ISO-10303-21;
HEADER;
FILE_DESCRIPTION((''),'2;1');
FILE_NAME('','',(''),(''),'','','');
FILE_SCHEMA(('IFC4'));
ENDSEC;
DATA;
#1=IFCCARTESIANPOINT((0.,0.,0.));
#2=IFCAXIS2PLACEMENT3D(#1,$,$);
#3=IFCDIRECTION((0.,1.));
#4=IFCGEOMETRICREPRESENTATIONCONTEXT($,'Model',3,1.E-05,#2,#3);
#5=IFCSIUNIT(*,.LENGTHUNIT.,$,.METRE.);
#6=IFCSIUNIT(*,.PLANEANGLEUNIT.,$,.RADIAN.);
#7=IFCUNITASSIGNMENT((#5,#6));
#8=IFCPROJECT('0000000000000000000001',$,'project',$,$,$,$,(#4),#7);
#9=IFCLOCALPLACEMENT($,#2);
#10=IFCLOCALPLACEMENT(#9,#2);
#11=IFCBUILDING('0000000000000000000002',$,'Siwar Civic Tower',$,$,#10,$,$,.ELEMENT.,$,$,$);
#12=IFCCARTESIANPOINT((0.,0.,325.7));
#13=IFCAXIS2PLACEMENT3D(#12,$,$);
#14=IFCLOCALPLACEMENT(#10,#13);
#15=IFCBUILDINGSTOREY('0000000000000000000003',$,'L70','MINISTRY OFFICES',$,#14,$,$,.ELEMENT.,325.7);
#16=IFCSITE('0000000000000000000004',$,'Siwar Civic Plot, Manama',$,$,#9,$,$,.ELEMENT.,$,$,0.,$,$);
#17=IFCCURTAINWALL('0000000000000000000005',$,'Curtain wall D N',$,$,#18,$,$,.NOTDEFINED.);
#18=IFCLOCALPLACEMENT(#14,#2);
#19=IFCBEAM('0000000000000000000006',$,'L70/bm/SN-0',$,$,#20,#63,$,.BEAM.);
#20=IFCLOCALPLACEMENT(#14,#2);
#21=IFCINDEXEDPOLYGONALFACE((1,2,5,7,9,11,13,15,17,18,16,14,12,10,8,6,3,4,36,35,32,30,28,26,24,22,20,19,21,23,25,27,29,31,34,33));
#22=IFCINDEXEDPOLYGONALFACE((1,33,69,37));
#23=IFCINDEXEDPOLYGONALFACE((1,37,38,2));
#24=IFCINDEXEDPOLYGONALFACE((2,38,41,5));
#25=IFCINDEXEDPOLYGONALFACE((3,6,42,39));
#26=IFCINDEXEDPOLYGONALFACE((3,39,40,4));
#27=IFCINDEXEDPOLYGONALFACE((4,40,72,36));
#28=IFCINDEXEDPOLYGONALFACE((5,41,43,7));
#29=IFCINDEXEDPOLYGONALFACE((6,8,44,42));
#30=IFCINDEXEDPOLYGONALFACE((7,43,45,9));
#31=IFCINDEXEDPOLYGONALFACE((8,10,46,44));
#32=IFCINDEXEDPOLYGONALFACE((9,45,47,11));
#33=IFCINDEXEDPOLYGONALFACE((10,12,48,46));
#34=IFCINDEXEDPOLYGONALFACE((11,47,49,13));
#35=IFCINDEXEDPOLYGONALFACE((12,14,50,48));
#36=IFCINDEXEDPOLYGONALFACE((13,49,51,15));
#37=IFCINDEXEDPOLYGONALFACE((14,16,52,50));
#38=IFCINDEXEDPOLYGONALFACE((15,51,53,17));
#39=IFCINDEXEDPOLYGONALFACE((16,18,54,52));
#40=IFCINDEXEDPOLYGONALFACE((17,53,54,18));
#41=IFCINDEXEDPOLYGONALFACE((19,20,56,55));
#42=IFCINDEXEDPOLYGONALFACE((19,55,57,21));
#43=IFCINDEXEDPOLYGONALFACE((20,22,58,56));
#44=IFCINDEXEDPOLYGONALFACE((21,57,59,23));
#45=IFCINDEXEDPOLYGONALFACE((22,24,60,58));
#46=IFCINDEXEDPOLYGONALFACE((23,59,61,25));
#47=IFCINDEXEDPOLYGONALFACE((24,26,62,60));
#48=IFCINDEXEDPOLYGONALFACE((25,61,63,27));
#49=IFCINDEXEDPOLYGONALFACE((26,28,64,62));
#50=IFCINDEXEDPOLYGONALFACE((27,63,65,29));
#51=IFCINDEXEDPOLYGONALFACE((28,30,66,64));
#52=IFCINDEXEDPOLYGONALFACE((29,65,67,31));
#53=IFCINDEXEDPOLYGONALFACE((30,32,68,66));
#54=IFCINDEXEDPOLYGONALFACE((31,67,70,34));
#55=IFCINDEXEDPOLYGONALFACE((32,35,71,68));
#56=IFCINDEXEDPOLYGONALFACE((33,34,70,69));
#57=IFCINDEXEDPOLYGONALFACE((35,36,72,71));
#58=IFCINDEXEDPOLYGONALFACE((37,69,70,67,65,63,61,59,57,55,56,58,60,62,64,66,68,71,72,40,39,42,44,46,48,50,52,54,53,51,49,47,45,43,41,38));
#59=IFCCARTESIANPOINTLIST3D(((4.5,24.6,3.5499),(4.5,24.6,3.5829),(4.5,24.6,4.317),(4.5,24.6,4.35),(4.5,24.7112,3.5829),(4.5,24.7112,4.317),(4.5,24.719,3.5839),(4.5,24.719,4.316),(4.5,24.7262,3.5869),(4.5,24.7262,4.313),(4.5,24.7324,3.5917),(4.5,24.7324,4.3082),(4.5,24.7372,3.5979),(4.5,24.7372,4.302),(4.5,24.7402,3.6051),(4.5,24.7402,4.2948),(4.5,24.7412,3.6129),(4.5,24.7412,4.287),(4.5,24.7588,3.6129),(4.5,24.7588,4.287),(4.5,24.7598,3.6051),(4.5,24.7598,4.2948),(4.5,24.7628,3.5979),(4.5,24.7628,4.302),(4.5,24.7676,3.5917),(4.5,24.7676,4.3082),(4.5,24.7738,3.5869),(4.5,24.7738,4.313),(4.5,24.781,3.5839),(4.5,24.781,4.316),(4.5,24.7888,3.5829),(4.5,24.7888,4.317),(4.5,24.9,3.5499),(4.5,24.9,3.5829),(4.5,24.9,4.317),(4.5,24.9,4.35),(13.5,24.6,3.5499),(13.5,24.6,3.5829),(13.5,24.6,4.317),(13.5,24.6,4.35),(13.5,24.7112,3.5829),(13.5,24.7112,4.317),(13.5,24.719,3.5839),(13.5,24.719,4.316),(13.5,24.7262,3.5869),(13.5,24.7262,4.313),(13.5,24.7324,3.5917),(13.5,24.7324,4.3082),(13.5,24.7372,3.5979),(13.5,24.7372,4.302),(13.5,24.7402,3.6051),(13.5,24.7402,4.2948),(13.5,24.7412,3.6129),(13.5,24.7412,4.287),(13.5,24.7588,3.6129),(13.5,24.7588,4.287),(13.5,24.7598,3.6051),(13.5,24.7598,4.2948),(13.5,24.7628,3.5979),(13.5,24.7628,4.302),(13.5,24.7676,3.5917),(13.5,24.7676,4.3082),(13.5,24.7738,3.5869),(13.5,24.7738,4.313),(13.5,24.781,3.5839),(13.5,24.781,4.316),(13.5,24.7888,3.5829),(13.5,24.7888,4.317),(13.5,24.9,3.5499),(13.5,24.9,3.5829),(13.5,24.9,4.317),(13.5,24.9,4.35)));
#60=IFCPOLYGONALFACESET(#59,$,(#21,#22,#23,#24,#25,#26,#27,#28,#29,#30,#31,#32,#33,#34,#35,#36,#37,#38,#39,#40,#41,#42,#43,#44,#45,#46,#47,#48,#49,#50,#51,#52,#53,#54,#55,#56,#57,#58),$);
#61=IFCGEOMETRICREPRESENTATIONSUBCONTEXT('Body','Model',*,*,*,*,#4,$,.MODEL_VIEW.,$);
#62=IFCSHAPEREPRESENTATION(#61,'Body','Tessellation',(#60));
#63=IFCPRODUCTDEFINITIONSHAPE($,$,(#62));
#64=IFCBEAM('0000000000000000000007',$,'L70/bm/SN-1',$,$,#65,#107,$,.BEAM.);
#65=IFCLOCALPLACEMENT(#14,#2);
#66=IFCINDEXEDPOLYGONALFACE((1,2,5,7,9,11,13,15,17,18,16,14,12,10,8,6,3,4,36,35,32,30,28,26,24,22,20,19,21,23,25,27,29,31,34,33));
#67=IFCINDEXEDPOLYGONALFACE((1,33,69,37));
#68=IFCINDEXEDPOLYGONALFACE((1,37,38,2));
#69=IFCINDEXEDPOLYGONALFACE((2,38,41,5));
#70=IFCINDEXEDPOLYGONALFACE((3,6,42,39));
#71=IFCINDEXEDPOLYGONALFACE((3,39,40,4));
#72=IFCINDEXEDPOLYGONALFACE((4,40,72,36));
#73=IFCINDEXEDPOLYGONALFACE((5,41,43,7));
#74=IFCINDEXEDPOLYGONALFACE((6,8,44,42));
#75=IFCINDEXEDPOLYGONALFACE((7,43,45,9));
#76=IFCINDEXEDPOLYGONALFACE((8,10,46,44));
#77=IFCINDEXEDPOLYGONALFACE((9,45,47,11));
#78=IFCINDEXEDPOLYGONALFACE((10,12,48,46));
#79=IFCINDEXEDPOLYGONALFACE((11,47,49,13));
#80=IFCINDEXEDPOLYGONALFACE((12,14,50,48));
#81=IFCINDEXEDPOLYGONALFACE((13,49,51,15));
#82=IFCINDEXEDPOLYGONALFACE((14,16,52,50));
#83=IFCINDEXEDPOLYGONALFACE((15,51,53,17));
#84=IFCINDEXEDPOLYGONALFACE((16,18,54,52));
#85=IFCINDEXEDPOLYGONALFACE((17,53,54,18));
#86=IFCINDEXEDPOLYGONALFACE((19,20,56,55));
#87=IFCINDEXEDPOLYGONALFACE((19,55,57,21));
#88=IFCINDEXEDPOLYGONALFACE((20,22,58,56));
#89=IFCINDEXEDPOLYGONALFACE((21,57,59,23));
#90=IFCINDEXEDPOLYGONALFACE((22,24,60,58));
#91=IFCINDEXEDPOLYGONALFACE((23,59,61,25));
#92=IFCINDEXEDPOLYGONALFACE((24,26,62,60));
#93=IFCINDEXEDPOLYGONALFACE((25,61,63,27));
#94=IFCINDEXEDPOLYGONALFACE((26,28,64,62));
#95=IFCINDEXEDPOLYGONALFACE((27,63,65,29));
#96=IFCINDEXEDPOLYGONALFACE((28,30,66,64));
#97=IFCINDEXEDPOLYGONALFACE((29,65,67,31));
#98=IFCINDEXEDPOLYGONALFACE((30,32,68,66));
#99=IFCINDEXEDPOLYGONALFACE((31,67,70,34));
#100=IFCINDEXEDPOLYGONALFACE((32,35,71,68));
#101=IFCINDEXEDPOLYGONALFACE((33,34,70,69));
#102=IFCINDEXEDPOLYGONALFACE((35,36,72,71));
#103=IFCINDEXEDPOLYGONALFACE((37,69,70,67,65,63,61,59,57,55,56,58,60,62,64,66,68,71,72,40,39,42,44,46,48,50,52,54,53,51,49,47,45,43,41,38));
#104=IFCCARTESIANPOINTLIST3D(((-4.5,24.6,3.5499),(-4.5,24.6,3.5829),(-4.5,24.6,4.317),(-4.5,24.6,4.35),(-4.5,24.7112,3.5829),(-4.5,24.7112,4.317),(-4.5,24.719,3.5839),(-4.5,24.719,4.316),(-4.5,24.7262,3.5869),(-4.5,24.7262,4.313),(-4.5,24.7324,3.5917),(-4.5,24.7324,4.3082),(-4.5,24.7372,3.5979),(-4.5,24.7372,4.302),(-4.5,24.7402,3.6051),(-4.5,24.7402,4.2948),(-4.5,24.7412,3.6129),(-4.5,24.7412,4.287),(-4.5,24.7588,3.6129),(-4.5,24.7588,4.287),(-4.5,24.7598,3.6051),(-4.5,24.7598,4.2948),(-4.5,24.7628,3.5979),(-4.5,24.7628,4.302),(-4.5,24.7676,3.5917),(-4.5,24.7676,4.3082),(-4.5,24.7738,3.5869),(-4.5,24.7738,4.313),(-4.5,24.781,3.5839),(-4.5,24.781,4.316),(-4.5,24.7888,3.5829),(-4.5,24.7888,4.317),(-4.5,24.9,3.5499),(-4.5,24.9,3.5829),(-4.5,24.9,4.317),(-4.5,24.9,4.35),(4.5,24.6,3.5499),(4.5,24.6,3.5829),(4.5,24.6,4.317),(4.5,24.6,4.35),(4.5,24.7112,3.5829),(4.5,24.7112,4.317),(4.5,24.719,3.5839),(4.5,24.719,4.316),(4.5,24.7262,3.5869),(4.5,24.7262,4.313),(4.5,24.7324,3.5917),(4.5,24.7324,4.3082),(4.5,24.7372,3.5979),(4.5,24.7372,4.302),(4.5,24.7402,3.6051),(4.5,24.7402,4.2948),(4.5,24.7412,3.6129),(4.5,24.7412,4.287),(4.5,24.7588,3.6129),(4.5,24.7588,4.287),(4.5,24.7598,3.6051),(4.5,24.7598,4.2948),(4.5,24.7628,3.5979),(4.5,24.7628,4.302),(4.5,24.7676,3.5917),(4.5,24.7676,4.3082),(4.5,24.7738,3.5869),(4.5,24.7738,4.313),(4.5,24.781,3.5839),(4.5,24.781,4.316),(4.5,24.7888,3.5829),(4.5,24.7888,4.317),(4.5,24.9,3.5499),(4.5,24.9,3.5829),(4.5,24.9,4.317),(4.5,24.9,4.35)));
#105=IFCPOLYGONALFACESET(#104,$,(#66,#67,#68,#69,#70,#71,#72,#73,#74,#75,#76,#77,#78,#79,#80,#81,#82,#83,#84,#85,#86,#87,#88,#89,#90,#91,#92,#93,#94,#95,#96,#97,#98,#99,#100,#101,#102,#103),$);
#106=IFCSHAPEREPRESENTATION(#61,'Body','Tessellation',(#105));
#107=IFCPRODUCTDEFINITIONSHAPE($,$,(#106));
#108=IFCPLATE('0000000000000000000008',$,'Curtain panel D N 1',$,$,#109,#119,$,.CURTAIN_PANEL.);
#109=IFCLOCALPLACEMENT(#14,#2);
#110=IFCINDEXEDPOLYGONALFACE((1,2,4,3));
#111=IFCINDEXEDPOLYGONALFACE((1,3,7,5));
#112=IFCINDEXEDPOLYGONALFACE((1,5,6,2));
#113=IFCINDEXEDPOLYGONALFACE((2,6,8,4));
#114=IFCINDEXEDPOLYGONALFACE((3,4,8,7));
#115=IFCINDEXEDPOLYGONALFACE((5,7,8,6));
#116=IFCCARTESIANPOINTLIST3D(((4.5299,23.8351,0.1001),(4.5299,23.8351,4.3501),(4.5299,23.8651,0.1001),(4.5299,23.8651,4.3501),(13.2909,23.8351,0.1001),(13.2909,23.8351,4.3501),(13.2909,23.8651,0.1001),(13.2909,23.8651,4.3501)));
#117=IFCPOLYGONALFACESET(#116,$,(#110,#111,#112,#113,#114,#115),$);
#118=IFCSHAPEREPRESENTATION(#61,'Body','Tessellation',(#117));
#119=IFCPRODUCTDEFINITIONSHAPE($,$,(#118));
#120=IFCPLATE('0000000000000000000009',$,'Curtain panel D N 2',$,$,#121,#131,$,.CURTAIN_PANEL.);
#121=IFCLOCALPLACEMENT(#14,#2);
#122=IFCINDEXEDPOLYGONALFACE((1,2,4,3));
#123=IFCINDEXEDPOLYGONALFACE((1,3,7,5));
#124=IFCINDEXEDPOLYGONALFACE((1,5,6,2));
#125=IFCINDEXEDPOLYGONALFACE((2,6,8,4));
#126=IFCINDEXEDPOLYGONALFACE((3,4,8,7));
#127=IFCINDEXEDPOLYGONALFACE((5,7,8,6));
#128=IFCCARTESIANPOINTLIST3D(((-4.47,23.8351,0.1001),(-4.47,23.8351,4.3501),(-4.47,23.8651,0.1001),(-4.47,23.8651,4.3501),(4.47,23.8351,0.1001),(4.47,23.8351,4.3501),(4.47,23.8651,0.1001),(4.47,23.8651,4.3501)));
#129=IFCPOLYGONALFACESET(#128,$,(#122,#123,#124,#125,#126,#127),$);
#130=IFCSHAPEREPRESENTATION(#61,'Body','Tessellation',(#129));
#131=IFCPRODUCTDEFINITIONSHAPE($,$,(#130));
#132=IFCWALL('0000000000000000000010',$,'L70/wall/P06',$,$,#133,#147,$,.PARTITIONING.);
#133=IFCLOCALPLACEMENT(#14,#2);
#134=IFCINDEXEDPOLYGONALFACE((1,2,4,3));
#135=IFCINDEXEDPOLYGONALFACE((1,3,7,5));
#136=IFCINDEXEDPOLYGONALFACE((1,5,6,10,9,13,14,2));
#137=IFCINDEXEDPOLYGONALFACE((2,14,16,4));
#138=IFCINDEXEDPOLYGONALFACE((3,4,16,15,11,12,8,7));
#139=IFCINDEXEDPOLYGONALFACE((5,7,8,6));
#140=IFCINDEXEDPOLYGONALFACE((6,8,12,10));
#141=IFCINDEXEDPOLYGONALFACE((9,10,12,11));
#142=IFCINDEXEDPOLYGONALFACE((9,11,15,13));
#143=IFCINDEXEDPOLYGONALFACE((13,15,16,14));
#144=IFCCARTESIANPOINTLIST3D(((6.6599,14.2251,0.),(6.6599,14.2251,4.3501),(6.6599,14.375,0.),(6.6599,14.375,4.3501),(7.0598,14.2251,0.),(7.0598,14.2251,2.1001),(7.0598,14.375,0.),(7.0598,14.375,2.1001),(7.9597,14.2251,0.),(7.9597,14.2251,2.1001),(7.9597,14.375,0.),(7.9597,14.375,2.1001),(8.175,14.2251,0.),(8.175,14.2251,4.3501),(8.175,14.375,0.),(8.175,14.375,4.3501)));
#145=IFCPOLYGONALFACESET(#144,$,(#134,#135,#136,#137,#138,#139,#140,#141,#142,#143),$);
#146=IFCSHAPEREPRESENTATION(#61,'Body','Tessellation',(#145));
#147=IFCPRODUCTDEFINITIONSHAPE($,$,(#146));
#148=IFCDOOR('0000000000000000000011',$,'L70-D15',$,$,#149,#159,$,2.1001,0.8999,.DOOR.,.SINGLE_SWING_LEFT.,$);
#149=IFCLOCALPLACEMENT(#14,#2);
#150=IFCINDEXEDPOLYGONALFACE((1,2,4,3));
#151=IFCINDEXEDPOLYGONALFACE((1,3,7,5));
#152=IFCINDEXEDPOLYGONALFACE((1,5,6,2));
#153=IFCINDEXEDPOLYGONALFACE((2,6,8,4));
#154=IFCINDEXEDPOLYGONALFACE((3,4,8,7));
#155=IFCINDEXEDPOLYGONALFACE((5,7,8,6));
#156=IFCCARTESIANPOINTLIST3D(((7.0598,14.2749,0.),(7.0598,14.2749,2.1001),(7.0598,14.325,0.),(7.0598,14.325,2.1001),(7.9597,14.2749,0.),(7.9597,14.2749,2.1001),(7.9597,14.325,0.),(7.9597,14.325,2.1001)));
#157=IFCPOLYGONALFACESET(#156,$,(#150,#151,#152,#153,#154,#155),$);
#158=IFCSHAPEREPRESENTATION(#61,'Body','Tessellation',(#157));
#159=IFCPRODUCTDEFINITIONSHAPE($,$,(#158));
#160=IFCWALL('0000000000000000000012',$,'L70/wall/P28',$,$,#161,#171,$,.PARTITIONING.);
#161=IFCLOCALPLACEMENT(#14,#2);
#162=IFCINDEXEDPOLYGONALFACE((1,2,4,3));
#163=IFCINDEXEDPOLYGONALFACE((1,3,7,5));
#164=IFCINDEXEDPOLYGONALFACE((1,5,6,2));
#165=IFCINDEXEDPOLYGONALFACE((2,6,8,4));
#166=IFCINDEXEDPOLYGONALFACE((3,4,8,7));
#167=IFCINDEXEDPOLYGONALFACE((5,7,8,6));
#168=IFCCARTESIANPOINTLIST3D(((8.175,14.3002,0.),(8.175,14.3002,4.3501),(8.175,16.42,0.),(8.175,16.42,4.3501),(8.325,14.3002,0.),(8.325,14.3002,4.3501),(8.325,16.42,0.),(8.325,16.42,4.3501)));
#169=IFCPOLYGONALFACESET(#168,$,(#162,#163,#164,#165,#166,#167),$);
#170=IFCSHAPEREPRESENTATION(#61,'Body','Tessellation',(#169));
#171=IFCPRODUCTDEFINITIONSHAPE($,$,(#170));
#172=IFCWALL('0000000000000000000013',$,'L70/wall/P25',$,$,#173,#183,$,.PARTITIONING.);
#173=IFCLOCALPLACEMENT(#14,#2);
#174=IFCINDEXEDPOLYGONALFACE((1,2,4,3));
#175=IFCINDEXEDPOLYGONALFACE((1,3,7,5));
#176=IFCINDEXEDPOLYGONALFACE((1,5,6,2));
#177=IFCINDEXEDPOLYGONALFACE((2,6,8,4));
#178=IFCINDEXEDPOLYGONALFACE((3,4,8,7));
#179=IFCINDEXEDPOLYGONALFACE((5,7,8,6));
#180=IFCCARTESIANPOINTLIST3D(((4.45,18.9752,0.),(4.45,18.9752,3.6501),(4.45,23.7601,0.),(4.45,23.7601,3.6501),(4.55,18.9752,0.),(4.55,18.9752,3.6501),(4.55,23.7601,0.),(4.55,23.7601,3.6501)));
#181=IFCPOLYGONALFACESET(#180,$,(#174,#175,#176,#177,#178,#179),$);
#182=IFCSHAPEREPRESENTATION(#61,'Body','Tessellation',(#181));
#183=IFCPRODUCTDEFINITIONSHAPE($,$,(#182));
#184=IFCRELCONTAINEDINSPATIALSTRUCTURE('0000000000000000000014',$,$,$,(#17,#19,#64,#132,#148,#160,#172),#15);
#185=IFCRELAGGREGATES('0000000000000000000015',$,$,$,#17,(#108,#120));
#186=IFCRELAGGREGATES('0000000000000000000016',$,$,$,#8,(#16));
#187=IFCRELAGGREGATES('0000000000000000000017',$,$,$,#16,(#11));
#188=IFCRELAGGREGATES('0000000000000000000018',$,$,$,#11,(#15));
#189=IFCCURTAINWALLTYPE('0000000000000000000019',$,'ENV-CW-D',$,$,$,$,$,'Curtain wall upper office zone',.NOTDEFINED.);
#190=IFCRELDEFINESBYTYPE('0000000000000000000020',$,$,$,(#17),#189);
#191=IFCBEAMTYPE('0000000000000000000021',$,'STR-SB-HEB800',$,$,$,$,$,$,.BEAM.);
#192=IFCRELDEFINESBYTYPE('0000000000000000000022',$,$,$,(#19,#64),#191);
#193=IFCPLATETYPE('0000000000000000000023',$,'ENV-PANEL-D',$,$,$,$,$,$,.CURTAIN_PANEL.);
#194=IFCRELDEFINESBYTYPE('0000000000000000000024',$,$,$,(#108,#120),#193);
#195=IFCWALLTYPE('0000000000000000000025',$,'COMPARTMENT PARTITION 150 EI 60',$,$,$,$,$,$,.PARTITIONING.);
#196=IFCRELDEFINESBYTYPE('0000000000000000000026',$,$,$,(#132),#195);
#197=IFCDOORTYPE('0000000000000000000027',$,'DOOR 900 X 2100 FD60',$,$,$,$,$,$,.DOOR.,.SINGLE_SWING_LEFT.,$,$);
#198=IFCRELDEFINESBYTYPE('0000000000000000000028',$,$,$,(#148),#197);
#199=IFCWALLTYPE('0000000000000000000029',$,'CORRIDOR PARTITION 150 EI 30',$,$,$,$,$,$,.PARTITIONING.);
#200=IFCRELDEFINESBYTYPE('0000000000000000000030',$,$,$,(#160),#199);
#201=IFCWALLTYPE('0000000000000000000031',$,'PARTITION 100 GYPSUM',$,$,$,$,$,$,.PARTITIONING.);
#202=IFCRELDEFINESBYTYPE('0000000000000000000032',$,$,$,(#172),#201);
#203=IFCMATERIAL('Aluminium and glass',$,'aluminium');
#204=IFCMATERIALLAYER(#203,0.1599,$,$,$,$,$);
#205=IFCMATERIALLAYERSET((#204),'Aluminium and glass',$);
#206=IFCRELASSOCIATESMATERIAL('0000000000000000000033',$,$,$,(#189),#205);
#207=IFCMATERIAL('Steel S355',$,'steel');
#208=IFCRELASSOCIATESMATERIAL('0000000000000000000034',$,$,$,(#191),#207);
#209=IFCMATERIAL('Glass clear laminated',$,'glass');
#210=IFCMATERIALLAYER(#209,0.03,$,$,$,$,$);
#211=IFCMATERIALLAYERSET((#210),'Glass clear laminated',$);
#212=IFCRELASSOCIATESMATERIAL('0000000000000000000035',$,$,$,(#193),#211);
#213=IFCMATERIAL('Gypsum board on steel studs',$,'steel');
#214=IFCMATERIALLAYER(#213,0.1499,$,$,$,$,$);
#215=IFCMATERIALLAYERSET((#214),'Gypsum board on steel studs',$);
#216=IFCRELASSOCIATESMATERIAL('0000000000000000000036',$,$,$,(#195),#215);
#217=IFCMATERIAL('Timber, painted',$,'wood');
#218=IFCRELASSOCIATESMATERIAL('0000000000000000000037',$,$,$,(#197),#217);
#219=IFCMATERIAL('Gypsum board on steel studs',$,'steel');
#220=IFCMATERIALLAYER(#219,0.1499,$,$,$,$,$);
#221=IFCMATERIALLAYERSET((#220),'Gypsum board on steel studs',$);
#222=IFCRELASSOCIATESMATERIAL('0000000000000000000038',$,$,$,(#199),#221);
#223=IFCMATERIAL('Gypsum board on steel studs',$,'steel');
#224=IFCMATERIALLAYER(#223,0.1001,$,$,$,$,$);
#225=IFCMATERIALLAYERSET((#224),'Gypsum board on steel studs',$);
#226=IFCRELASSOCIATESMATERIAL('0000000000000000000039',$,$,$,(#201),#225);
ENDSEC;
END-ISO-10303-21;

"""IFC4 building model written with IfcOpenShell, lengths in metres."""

from ifc_helpers import new_model, si_unit, direction, frame, frame_2d, origin, origin_2d, place, context, subcontext, project, spatial, rectangle, i_section, extrude, material, layer, layer_set, material_profile, profile_set, type_object, element, fill, aggregate, save


model = new_model("IFC4")

# Units and contexts
model_context = context("Model", 3, precision=1e-05, world=origin(), true_north=direction((0.0, 1.0)))
body_context = subcontext(model_context, "Body", "Model", "MODEL_VIEW")
ifc_project = project(units=[si_unit("LENGTHUNIT", "METRE"), si_unit("PLANEANGLEUNIT", "RADIAN")], contexts=[model_context])

# Site, building, storey
site_placement = place(None, origin())
site = spatial("IfcSite", under=ifc_project, at=site_placement, Name="Siwar Civic Plot, Manama", CompositionType="ELEMENT", RefElevation=0.0)
building_placement = place(site_placement, origin())
building = spatial("IfcBuilding", under=site, at=building_placement, Name="Siwar Civic Tower", CompositionType="ELEMENT")
storey_placement = place(building_placement, frame((0.0, 0.0, 325.7)))
storey = spatial("IfcBuildingStorey", under=building, at=storey_placement, Name="L70", Description="MINISTRY OFFICES", CompositionType="ELEMENT", Elevation=325.7)

# Curtain wall
ifc_material_1 = material(Name="Aluminium and glass", Category="aluminium")
ifc_layer_1 = layer(ifc_material_1, 0.1599)
ifc_layer_set_1 = layer_set([ifc_layer_1], Name="Aluminium and glass")
curtain_wall_type = type_object("IfcCurtainWallType", Name="ENV-CW-D", ElementType="Curtain wall upper office zone", PredefinedType="NOTDEFINED", material=ifc_layer_set_1)
curtain_wall_placement = place(storey_placement, origin())
curtain_wall = element("IfcCurtainWall", 1, at=curtain_wall_placement, inside=storey, type_object=curtain_wall_type, Name="Curtain wall D N", PredefinedType="NOTDEFINED")

# Beams
ifc_material_2 = material(Name="Steel S355", Category="steel")
ifc_material_profile_1 = material_profile(ifc_material_2, i_section(OverallWidth=0.3, OverallDepth=0.8, WebThickness=0.0176, FlangeThickness=0.033, FilletRadius=0.03, at=origin_2d()), Name="HEB800")
ifc_profile_set_1 = profile_set([ifc_material_profile_1], Name="Steel S355")
beam_type_1 = type_object("IfcBeamType", Name="STR-SB-HEB800", PredefinedType="BEAM", material=ifc_profile_set_1)
for number, where, z_axis, x_axis, name in (
    (2, (13.5, 24.75, 3.95), (-1.0, 0.0, 0.0), (0.0, -1.0, 0.0), "L70/bm/SN-0"),
    (3, (4.5, 24.75, 3.95), (-1.0, 0.0, 0.0), (0.0, -1.0, 0.0), "L70/bm/SN-1"),
):
    element("IfcBeam", number, at=place(storey_placement, frame(where, z_axis=z_axis, x_axis=x_axis)), inside=storey, type_object=beam_type_1, Name=name, PredefinedType="BEAM", context=body_context, shape_type="SweptSolid", body=[
        extrude(i_section(OverallWidth=0.3, OverallDepth=0.8, WebThickness=0.0176, FlangeThickness=0.033, FilletRadius=0.03, at=origin_2d()), origin(), (0.0, 0.0, 1.0), 9.0),
    ])

# Plates
ifc_material_3 = material(Name="Glass clear laminated", Category="glass")
ifc_layer_2 = layer(ifc_material_3, 0.03)
ifc_layer_set_2 = layer_set([ifc_layer_2], Name="Glass clear laminated")
plate_type = type_object("IfcPlateType", Name="ENV-PANEL-D", PredefinedType="CURTAIN_PANEL", material=ifc_layer_set_2)
plate_1_placement = place(storey_placement, frame((8.9104, 23.8501, 0.1001), z_axis=(0.0, 0.0, 1.0), x_axis=(-1.0, 0.0, 0.0)))
plate_1 = element("IfcPlate", 4, at=plate_1_placement, type_object=plate_type, Name="Curtain panel D N 1", PredefinedType="CURTAIN_PANEL", context=body_context, shape_type="SweptSolid", body=[
    extrude(rectangle(XDim=8.761, YDim=0.03, at=origin_2d()), origin(), (0.0, 0.0, 1.0), 4.25),
])
plate_2_placement = place(storey_placement, frame((0.0, 23.8501, 0.1001), z_axis=(0.0, 0.0, 1.0), x_axis=(-1.0, 0.0, 0.0)))
plate_2 = element("IfcPlate", 5, at=plate_2_placement, type_object=plate_type, Name="Curtain panel D N 2", PredefinedType="CURTAIN_PANEL", context=body_context, shape_type="SweptSolid", body=[
    extrude(rectangle(XDim=8.9399, YDim=0.03, at=origin_2d()), origin(), (0.0, 0.0, 1.0), 4.25),
])
aggregate(curtain_wall, [plate_1, plate_2])

# Wall, opening, door
ifc_material_4 = material(Name="Gypsum board on steel studs", Category="steel")
ifc_layer_3 = layer(ifc_material_4, 0.1499)
ifc_layer_set_3 = layer_set([ifc_layer_3], Name="Gypsum board on steel studs")
wall_type_1 = type_object("IfcWallType", Name="COMPARTMENT PARTITION 150 EI 60", PredefinedType="PARTITIONING", material=ifc_layer_set_3)
wall_1_placement = place(storey_placement, frame((6.6599, 14.3, 0.0), z_axis=(0.0, 0.0, 1.0), x_axis=(1.0, 0.0, 0.0)))
wall_1 = element("IfcWall", 6, at=wall_1_placement, inside=storey, type_object=wall_type_1, Name="L70/wall/P06", PredefinedType="PARTITIONING", context=body_context, shape_type="SweptSolid", body=[
    extrude(rectangle(XDim=1.5151, YDim=0.1499, at=frame_2d((0.7576, 0.0))), origin(), (0.0, 0.0, 1.0), 4.3501),
])
opening_placement = place(wall_1_placement, frame((0.3999, 0.0, 0.0)))
opening = element("IfcOpeningElement", 7, at=opening_placement, cuts=wall_1, PredefinedType="OPENING", context=body_context, shape_type="SweptSolid", body=[
    extrude(rectangle(XDim=0.8999, YDim=2.1001, at=frame_2d((0.45, 1.05))), frame((0.0, 0.085, 0.0), z_axis=(0.0, -1.0, 0.0), x_axis=(1.0, 0.0, 0.0)), (0.0, 0.0, 1.0), 0.1699),
])
ifc_material_5 = material(Name="Timber, painted", Category="wood")
door_type = type_object("IfcDoorType", Name="DOOR 900 X 2100 FD60", OperationType="SINGLE_SWING_LEFT", PredefinedType="DOOR", material=ifc_material_5)
door_placement = place(opening_placement, origin())
door = element("IfcDoor", 8, at=door_placement, inside=storey, type_object=door_type, Name="L70-D15", OperationType="SINGLE_SWING_LEFT", OverallHeight=2.1001, OverallWidth=0.8999, PredefinedType="DOOR", context=body_context, shape_type="SweptSolid", body=[
    extrude(rectangle(XDim=0.8999, YDim=2.1001, at=frame_2d((0.45, 1.05))), frame((0.0, 0.0249, 0.0), z_axis=(0.0, -1.0, 0.0), x_axis=(1.0, 0.0, 0.0)), (0.0, 0.0, 1.0), 0.05),
])
fill(opening, door)

# Walls
ifc_material_6 = material(Name="Gypsum board on steel studs", Category="steel")
ifc_layer_4 = layer(ifc_material_6, 0.1499)
ifc_layer_set_4 = layer_set([ifc_layer_4], Name="Gypsum board on steel studs")
wall_type_2 = type_object("IfcWallType", Name="CORRIDOR PARTITION 150 EI 30", PredefinedType="PARTITIONING", material=ifc_layer_set_4)
wall_2_placement = place(storey_placement, frame((8.25, 14.3, 0.0), z_axis=(0.0, 0.0, 1.0), x_axis=(0.0, 1.0, 0.0)))
element("IfcWall", 9, at=wall_2_placement, inside=storey, type_object=wall_type_2, Name="L70/wall/P28", PredefinedType="PARTITIONING", context=body_context, shape_type="SweptSolid", body=[
    extrude(rectangle(XDim=2.1199, YDim=0.1499, at=frame_2d((1.0601, 0.0))), origin(), (0.0, 0.0, 1.0), 4.3501),
])
ifc_material_7 = material(Name="Gypsum board on steel studs", Category="steel")
ifc_layer_5 = layer(ifc_material_7, 0.1001)
ifc_layer_set_5 = layer_set([ifc_layer_5], Name="Gypsum board on steel studs")
wall_type_3 = type_object("IfcWallType", Name="PARTITION 100 GYPSUM", PredefinedType="PARTITIONING", material=ifc_layer_set_5)
wall_3_placement = place(storey_placement, frame((4.5, 18.9751, 0.0), z_axis=(0.0, 0.0, 1.0), x_axis=(0.0, 1.0, 0.0)))
element("IfcWall", 10, at=wall_3_placement, inside=storey, type_object=wall_type_3, Name="L70/wall/P25", PredefinedType="PARTITIONING", context=body_context, shape_type="SweptSolid", body=[
    extrude(rectangle(XDim=4.7849, YDim=0.1001, at=frame_2d((2.3926, 0.0))), origin(), (0.0, 0.0, 1.0), 3.6501),
])

save(model, "model.ifc")
